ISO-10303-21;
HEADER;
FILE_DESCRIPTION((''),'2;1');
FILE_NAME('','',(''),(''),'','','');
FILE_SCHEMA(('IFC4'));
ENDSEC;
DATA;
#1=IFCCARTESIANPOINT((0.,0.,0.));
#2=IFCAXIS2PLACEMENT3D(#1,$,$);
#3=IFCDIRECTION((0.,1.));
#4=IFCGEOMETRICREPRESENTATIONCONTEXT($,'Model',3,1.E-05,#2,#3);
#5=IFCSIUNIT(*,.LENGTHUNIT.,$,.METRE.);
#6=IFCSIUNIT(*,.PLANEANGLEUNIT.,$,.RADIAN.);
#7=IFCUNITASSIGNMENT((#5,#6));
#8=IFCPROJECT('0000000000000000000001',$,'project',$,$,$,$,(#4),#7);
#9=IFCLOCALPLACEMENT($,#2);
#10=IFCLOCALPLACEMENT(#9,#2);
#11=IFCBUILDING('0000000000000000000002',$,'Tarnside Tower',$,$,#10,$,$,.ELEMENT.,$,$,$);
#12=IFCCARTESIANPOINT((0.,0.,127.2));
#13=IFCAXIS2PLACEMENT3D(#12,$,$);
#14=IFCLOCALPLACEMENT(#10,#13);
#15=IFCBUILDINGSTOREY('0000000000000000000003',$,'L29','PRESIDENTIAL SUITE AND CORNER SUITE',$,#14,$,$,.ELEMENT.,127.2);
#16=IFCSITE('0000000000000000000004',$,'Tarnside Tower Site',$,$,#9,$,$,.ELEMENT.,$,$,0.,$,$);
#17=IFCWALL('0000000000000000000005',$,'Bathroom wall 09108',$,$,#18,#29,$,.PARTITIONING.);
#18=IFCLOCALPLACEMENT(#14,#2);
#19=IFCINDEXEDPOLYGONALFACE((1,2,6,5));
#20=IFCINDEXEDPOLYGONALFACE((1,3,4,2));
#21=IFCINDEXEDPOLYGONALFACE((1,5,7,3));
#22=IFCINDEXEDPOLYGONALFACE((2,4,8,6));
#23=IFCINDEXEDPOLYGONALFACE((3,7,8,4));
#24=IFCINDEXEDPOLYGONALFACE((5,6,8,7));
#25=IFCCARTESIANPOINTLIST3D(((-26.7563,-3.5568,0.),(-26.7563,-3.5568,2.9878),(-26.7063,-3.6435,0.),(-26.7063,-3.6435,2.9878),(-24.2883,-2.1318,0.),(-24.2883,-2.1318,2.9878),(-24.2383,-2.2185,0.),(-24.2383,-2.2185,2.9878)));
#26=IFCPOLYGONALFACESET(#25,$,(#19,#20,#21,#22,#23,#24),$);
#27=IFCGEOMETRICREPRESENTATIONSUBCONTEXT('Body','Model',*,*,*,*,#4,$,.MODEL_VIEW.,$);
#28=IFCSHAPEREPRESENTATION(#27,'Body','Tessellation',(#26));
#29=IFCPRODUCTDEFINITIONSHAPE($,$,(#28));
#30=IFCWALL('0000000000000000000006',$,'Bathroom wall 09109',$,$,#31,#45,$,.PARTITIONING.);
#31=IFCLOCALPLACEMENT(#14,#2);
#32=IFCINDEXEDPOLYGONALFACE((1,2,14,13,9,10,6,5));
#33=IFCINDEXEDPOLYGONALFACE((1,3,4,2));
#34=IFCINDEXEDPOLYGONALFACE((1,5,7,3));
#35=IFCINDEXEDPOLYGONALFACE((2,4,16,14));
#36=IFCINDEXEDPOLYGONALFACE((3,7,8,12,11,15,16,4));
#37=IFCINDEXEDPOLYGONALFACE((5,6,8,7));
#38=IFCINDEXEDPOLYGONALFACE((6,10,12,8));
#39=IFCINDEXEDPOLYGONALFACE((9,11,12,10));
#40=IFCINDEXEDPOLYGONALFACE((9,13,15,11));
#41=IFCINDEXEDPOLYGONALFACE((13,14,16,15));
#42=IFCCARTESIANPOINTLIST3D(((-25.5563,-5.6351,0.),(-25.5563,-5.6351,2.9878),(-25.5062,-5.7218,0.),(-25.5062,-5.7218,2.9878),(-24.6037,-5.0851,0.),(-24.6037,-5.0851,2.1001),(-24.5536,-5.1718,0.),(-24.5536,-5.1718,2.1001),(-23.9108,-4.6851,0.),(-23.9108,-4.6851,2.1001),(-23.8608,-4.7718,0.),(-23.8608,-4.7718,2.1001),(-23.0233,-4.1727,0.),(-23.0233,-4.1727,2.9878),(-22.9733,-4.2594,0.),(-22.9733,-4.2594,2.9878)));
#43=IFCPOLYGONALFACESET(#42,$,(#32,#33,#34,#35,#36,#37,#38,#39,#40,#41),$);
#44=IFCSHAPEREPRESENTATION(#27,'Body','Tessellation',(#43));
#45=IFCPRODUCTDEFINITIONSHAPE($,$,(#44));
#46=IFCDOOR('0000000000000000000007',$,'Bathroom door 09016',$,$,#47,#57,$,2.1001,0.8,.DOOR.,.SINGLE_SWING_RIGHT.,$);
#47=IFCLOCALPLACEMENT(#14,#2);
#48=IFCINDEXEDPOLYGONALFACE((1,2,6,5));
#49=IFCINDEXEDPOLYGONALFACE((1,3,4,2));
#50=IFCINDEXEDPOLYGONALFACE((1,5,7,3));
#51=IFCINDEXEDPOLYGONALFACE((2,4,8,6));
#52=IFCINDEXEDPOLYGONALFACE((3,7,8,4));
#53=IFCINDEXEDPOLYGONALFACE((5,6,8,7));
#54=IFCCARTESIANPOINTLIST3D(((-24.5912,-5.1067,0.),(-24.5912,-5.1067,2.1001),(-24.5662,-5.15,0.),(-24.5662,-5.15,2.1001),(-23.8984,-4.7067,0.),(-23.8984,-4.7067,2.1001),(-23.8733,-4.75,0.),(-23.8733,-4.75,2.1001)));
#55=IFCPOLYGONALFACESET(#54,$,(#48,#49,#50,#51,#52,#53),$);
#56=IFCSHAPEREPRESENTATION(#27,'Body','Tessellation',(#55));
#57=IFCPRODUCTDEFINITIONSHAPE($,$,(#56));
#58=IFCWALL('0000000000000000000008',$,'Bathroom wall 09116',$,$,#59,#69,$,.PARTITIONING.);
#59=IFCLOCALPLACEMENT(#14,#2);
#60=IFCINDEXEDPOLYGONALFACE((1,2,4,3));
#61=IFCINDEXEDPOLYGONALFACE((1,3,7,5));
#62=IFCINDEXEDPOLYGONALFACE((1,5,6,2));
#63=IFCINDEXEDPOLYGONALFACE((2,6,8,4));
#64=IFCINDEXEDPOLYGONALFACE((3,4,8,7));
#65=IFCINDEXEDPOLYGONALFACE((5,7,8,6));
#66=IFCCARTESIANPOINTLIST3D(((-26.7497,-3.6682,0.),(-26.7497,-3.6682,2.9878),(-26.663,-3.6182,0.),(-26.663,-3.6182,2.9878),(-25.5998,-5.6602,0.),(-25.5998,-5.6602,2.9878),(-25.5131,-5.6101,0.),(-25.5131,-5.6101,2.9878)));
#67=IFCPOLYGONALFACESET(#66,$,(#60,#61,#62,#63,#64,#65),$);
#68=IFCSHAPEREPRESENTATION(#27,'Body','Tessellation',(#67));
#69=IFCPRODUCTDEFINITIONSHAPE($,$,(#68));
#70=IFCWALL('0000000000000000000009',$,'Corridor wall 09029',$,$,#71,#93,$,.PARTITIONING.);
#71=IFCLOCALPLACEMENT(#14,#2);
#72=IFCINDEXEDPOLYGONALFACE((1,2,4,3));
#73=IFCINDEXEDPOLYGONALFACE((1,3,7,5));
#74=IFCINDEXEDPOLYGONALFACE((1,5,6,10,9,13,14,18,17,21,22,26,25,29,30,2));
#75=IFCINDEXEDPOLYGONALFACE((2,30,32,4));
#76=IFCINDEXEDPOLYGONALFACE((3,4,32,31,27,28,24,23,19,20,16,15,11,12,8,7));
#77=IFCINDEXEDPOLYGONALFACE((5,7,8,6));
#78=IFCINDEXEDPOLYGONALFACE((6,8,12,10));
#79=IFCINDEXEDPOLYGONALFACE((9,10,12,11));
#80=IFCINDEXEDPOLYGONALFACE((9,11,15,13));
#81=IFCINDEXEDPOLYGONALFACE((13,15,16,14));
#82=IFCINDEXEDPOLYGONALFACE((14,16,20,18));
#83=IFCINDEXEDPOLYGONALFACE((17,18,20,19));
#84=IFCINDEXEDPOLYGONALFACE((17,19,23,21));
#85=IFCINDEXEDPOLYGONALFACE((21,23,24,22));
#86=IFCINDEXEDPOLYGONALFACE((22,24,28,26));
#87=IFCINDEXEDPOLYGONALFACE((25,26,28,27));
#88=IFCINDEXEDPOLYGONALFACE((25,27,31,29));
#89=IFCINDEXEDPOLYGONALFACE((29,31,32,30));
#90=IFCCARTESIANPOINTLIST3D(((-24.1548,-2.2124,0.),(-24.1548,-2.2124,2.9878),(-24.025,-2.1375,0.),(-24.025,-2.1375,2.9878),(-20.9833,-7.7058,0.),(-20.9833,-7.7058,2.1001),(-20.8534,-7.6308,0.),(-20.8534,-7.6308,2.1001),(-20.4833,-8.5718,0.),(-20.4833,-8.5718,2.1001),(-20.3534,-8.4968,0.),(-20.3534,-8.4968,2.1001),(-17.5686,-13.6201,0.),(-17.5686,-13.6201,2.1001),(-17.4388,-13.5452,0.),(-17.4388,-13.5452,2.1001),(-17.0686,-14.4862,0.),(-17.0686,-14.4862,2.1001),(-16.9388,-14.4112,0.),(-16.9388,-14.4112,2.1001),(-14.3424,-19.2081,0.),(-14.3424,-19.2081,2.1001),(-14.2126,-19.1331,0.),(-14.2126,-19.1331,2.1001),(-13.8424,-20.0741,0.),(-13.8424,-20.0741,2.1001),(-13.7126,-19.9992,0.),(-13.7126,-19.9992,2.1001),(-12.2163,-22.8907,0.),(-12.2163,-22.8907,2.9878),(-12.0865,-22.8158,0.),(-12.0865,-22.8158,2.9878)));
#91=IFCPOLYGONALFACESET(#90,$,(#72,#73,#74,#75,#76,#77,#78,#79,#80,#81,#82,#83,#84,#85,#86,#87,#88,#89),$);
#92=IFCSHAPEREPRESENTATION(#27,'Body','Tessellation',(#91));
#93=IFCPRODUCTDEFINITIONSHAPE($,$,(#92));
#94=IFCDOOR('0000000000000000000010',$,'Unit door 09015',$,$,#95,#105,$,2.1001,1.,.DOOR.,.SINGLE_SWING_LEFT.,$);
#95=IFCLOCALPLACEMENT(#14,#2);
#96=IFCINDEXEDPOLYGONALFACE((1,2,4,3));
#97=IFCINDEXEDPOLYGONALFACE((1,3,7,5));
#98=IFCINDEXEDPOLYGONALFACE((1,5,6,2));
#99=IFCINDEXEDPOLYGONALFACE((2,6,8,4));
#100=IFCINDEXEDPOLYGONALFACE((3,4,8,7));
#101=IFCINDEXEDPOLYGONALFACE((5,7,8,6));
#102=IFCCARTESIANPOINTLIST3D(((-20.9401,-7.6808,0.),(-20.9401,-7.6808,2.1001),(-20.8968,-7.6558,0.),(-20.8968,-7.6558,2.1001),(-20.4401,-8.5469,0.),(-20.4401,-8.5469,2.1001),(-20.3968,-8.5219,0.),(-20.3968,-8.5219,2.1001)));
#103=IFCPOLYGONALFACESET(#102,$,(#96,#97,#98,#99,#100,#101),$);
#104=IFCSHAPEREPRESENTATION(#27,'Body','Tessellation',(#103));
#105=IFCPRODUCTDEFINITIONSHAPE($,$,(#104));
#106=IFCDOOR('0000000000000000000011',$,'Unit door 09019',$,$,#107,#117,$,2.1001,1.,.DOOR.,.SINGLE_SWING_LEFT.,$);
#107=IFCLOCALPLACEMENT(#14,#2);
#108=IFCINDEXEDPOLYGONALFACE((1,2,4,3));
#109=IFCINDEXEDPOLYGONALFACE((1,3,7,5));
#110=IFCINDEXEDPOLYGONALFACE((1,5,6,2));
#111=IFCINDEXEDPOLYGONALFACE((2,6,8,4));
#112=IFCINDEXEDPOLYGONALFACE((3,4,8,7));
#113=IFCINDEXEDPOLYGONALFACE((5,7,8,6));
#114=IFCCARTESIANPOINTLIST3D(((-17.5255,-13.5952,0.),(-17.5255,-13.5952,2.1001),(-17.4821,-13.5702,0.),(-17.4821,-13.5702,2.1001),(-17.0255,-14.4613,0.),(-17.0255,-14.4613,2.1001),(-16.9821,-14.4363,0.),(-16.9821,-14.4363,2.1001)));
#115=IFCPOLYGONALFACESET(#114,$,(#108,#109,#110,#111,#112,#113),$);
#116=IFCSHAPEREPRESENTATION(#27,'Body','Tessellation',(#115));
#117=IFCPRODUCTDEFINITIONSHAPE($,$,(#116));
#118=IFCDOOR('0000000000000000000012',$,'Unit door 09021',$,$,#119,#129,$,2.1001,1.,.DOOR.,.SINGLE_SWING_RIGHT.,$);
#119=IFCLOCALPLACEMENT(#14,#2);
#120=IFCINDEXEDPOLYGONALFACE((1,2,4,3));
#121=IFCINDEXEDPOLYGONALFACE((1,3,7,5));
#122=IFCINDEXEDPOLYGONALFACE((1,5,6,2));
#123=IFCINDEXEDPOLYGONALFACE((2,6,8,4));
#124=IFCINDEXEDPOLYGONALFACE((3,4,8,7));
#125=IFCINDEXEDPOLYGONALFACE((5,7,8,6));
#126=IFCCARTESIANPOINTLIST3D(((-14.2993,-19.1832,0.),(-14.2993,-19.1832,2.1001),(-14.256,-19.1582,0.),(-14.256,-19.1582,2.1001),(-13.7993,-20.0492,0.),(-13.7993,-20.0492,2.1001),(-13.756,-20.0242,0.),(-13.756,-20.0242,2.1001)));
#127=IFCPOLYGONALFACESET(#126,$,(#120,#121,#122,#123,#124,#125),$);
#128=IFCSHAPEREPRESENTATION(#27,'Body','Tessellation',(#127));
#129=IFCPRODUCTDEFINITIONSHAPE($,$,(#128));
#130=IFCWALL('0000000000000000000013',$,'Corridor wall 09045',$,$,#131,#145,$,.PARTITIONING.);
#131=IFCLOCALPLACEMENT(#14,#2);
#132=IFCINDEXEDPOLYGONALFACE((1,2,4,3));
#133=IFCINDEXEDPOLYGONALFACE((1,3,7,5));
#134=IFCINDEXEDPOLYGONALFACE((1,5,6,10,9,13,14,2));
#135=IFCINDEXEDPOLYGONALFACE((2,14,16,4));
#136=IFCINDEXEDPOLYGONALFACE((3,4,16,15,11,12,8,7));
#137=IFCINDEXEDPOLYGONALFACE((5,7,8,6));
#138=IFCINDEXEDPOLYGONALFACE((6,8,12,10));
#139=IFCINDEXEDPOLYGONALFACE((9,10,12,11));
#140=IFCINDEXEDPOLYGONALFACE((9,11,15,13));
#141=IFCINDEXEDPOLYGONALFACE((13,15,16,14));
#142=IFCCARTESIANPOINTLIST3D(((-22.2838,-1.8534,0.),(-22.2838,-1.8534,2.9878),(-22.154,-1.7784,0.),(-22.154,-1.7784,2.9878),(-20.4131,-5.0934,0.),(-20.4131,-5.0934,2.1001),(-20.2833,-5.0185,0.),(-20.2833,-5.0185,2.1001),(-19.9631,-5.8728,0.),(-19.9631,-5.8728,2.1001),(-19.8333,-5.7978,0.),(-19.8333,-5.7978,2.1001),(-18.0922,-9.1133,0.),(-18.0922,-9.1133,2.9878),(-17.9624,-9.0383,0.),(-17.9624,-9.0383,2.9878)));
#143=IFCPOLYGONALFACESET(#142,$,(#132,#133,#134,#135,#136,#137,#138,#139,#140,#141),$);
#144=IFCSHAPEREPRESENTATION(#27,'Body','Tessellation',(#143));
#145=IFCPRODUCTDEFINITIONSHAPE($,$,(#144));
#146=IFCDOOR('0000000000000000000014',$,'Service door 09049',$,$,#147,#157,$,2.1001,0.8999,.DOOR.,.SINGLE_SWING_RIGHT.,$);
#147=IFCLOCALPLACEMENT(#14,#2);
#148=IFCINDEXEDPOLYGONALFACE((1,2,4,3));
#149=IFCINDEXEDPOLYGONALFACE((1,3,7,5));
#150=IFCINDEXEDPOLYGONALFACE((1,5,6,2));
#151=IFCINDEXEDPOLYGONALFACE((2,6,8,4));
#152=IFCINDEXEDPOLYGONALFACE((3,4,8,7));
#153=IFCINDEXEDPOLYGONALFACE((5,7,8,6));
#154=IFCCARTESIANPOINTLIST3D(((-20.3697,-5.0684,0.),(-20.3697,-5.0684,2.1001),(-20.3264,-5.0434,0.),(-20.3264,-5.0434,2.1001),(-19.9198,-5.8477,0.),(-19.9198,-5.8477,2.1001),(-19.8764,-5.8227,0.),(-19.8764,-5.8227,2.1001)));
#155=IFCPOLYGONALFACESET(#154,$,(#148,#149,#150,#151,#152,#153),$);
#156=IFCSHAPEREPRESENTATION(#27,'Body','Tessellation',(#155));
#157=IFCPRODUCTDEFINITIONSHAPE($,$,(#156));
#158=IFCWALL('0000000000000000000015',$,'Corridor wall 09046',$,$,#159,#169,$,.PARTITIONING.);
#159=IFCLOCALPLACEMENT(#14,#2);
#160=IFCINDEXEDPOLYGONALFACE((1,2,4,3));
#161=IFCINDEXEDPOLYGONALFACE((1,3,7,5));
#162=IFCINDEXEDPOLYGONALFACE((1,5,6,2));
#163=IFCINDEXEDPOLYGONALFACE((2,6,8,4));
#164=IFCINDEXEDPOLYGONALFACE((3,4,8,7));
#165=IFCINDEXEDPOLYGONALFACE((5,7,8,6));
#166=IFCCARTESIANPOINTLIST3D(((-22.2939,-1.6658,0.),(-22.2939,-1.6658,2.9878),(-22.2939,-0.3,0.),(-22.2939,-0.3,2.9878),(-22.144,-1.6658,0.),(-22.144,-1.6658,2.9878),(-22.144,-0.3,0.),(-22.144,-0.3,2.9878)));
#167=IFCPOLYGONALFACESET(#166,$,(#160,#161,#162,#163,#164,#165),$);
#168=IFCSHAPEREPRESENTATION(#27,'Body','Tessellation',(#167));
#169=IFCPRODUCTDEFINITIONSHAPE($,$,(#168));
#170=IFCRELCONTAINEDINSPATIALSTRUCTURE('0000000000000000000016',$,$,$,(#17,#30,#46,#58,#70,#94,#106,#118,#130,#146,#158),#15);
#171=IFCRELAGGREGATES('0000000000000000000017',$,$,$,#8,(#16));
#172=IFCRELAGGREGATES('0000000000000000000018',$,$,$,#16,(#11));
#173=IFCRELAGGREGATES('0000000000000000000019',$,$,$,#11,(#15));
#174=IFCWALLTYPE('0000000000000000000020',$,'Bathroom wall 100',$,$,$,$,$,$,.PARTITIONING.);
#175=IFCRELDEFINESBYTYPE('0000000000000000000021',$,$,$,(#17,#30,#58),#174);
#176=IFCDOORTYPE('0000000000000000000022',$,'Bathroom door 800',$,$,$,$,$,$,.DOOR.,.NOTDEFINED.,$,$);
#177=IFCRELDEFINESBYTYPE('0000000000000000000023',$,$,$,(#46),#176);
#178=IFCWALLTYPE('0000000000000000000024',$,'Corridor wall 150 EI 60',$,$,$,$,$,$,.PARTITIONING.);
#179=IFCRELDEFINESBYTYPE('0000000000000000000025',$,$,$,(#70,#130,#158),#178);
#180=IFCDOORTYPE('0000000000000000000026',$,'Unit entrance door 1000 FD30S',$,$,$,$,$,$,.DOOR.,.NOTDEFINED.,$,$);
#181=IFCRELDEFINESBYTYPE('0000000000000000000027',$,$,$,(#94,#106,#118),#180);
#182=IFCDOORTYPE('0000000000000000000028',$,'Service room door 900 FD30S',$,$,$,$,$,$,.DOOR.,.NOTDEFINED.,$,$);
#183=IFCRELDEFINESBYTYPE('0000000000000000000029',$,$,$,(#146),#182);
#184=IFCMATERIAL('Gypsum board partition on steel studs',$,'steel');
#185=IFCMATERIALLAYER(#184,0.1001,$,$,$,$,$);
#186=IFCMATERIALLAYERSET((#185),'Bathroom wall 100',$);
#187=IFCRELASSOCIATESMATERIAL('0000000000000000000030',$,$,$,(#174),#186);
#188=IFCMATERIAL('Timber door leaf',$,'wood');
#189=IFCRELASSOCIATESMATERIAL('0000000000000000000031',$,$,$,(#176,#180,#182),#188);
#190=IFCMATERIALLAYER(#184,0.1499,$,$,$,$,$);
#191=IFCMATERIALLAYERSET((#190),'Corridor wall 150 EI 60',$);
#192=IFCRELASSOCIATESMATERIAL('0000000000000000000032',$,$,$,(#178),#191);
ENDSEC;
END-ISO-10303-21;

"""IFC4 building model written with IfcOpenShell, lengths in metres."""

from ifc_helpers import new_model, si_unit, direction, frame, frame_2d, origin, place, context, subcontext, project, spatial, rectangle, extrude, material, layer, layer_set, type_object, element, fill, save


model = new_model("IFC4")

# Units and contexts
model_context = context("Model", 3, precision=1e-05, world=origin(), true_north=direction((0.0, 1.0)))
body_context = subcontext(model_context, "Body", "Model", "MODEL_VIEW")
ifc_project = project(units=[si_unit("LENGTHUNIT", "METRE"), si_unit("PLANEANGLEUNIT", "RADIAN")], contexts=[model_context])

# Site, building, storey
site_placement = place(None, origin())
site = spatial("IfcSite", under=ifc_project, at=site_placement, Name="Tarnside Tower Site", CompositionType="ELEMENT", RefElevation=0.0)
building_placement = place(site_placement, origin())
building = spatial("IfcBuilding", under=site, at=building_placement, Name="Tarnside Tower", CompositionType="ELEMENT")
storey_placement = place(building_placement, frame((0.0, 0.0, 127.2)))
storey = spatial("IfcBuildingStorey", under=building, at=storey_placement, Name="L29", Description="PRESIDENTIAL SUITE AND CORNER SUITE", CompositionType="ELEMENT", Elevation=127.2)

# Wall
ifc_material_1 = material(Name="Gypsum board partition on steel studs", Category="steel")
ifc_layer_1 = layer(ifc_material_1, 0.1001)
ifc_layer_set_1 = layer_set([ifc_layer_1], Name="Bathroom wall 100")
wall_type_1 = type_object("IfcWallType", Name="Bathroom wall 100", PredefinedType="PARTITIONING", material=ifc_layer_set_1)
wall_1_placement = place(storey_placement, frame((-26.7312, -3.6001, 0.0), z_axis=(0.0, 0.0, 1.0), x_axis=(0.866004, 0.500036, 0.0)))
element("IfcWall", 1, at=wall_1_placement, inside=storey, type_object=wall_type_1, Name="Bathroom wall 09108", PredefinedType="PARTITIONING", context=body_context, shape_type="SweptSolid", body=[
    extrude(rectangle(XDim=2.8499, YDim=0.1001, at=frame_2d((1.4248, 0.0))), origin(), (0.0, 0.0, 1.0), 2.9878),
])

# Wall, opening, door
wall_2_placement = place(storey_placement, frame((-22.9983, -4.2161, 0.0), z_axis=(0.0, 0.0, 1.0), x_axis=(-0.866026, -0.499999, 0.0)))
wall_2 = element("IfcWall", 2, at=wall_2_placement, inside=storey, type_object=wall_type_1, Name="Bathroom wall 09109", PredefinedType="PARTITIONING", context=body_context, shape_type="SweptSolid", body=[
    extrude(rectangle(XDim=2.9248, YDim=0.1001, at=frame_2d((1.4624, 0.0))), origin(), (0.0, 0.0, 1.0), 2.9878),
])
opening_1_placement = place(wall_2_placement, frame((1.0249, 0.0, 0.0)))
opening_1 = element("IfcOpeningElement", 3, at=opening_1_placement, cuts=wall_2, PredefinedType="OPENING", context=body_context, shape_type="SweptSolid", body=[
    extrude(rectangle(XDim=0.8, YDim=2.1001, at=frame_2d((0.3999, 1.05))), frame((0.0, 0.0601, 0.0), z_axis=(0.0, -1.0, 0.0), x_axis=(1.0, 0.0, 0.0)), (0.0, 0.0, 1.0), 0.1201),
])
ifc_material_2 = material(Name="Timber door leaf", Category="wood")
door_type_1 = type_object("IfcDoorType", Name="Bathroom door 800", OperationType="NOTDEFINED", PredefinedType="DOOR", material=ifc_material_2)
door_1_placement = place(opening_1_placement, origin())
door_1 = element("IfcDoor", 4, at=door_1_placement, inside=storey, type_object=door_type_1, Name="Bathroom door 09016", OperationType="SINGLE_SWING_RIGHT", OverallHeight=2.1001, OverallWidth=0.8, PredefinedType="DOOR", context=body_context, shape_type="SweptSolid", body=[
    extrude(rectangle(XDim=0.8, YDim=2.1001, at=frame_2d((0.3999, 1.05))), frame((0.0, 0.0249, 0.0), z_axis=(0.0, -1.0, 0.0), x_axis=(1.0, 0.0, 0.0)), (0.0, 0.0, 1.0), 0.05),
])
fill(opening_1, door_1)

# Wall
wall_3_placement = place(storey_placement, frame((-26.7063, -3.6433, 0.0), z_axis=(0.0, 0.0, 1.0), x_axis=(0.499952, -0.866053, 0.0)))
element("IfcWall", 5, at=wall_3_placement, inside=storey, type_object=wall_type_1, Name="Bathroom wall 09116", PredefinedType="PARTITIONING", context=body_context, shape_type="SweptSolid", body=[
    extrude(rectangle(XDim=2.3, YDim=0.1001, at=frame_2d((1.1499, 0.0))), origin(), (0.0, 0.0, 1.0), 2.9878),
])

# Wall, openings, doors
ifc_layer_2 = layer(ifc_material_1, 0.1499)
ifc_layer_set_2 = layer_set([ifc_layer_2], Name="Corridor wall 150 EI 60")
wall_type_2 = type_object("IfcWallType", Name="Corridor wall 150 EI 60", PredefinedType="PARTITIONING", material=ifc_layer_set_2)
wall_4_placement = place(storey_placement, frame((-24.0898, -2.175, 0.0), z_axis=(0.0, 0.0, 1.0), x_axis=(0.499997, -0.866027, 0.0)))
wall_4 = element("IfcWall", 6, at=wall_4_placement, inside=storey, type_object=wall_type_2, Name="Corridor wall 09029", PredefinedType="PARTITIONING", context=body_context, shape_type="SweptSolid", body=[
    extrude(rectangle(XDim=23.8772, YDim=0.1499, at=frame_2d((11.9385, 0.0))), origin(), (0.0, 0.0, 1.0), 2.9878),
])
opening_2_placement = place(wall_4_placement, frame((6.343, 0.0, 0.0)))
opening_2 = element("IfcOpeningElement", 7, at=opening_2_placement, cuts=wall_4, PredefinedType="OPENING", context=body_context, shape_type="SweptSolid", body=[
    extrude(rectangle(XDim=1.0, YDim=2.1001, at=frame_2d((0.5, 1.05))), frame((0.0, 0.085, 0.0), z_axis=(0.0, -1.0, 0.0), x_axis=(1.0, 0.0, 0.0)), (0.0, 0.0, 1.0), 0.1699),
])
opening_3_placement = place(wall_4_placement, frame((13.1724, 0.0, 0.0)))
opening_3 = element("IfcOpeningElement", 8, at=opening_3_placement, cuts=wall_4, PredefinedType="OPENING", context=body_context, shape_type="SweptSolid", body=[
    extrude(rectangle(XDim=1.0, YDim=2.1001, at=frame_2d((0.5, 1.05))), frame((0.0, 0.085, 0.0), z_axis=(0.0, -1.0, 0.0), x_axis=(1.0, 0.0, 0.0)), (0.0, 0.0, 1.0), 0.1699),
])
opening_4_placement = place(wall_4_placement, frame((19.6248, 0.0, 0.0)))
opening_4 = element("IfcOpeningElement", 9, at=opening_4_placement, cuts=wall_4, PredefinedType="OPENING", context=body_context, shape_type="SweptSolid", body=[
    extrude(rectangle(XDim=1.0, YDim=2.1001, at=frame_2d((0.5, 1.05))), frame((0.0, 0.085, 0.0), z_axis=(0.0, -1.0, 0.0), x_axis=(1.0, 0.0, 0.0)), (0.0, 0.0, 1.0), 0.1699),
])
door_type_2 = type_object("IfcDoorType", Name="Unit entrance door 1000 FD30S", OperationType="NOTDEFINED", PredefinedType="DOOR", material=ifc_material_2)
door_2_placement = place(opening_2_placement, origin())
door_2 = element("IfcDoor", 10, at=door_2_placement, inside=storey, type_object=door_type_2, Name="Unit door 09015", OperationType="SINGLE_SWING_LEFT", OverallHeight=2.1001, OverallWidth=1.0, PredefinedType="DOOR", context=body_context, shape_type="SweptSolid", body=[
    extrude(rectangle(XDim=1.0, YDim=2.1001, at=frame_2d((0.5, 1.05))), frame((0.0, 0.0249, 0.0), z_axis=(0.0, -1.0, 0.0), x_axis=(1.0, 0.0, 0.0)), (0.0, 0.0, 1.0), 0.05),
])
fill(opening_2, door_2)
door_3_placement = place(opening_3_placement, origin())
door_3 = element("IfcDoor", 11, at=door_3_placement, inside=storey, type_object=door_type_2, Name="Unit door 09019", OperationType="SINGLE_SWING_LEFT", OverallHeight=2.1001, OverallWidth=1.0, PredefinedType="DOOR", context=body_context, shape_type="SweptSolid", body=[
    extrude(rectangle(XDim=1.0, YDim=2.1001, at=frame_2d((0.5, 1.05))), frame((0.0, 0.0249, 0.0), z_axis=(0.0, -1.0, 0.0), x_axis=(1.0, 0.0, 0.0)), (0.0, 0.0, 1.0), 0.05),
])
fill(opening_3, door_3)
door_4_placement = place(opening_4_placement, origin())
door_4 = element("IfcDoor", 12, at=door_4_placement, inside=storey, type_object=door_type_2, Name="Unit door 09021", OperationType="SINGLE_SWING_RIGHT", OverallHeight=2.1001, OverallWidth=1.0, PredefinedType="DOOR", context=body_context, shape_type="SweptSolid", body=[
    extrude(rectangle(XDim=1.0, YDim=2.1001, at=frame_2d((0.5, 1.05))), frame((0.0, 0.0249, 0.0), z_axis=(0.0, -1.0, 0.0), x_axis=(1.0, 0.0, 0.0)), (0.0, 0.0, 1.0), 0.05),
])
fill(opening_4, door_4)

# Wall, opening, door
wall_5_placement = place(storey_placement, frame((-18.0273, -9.0757, 0.0), z_axis=(0.0, 0.0, 1.0), x_axis=(-0.500007, 0.866021, 0.0)))
wall_5 = element("IfcWall", 13, at=wall_5_placement, inside=storey, type_object=wall_type_2, Name="Corridor wall 09045", PredefinedType="PARTITIONING", context=body_context, shape_type="SweptSolid", body=[
    extrude(rectangle(XDim=8.3831, YDim=0.1499, at=frame_2d((4.1914, 0.0))), origin(), (0.0, 0.0, 1.0), 2.9878),
])
opening_5_placement = place(wall_5_placement, frame((3.7417, 0.0, 0.0)))
opening_5 = element("IfcOpeningElement", 14, at=opening_5_placement, cuts=wall_5, PredefinedType="OPENING", context=body_context, shape_type="SweptSolid", body=[
    extrude(rectangle(XDim=0.8999, YDim=2.1001, at=frame_2d((0.45, 1.05))), frame((0.0, 0.085, 0.0), z_axis=(0.0, -1.0, 0.0), x_axis=(1.0, 0.0, 0.0)), (0.0, 0.0, 1.0), 0.1699),
])
door_type_3 = type_object("IfcDoorType", Name="Service room door 900 FD30S", OperationType="NOTDEFINED", PredefinedType="DOOR", material=ifc_material_2)
door_5_placement = place(opening_5_placement, origin())
door_5 = element("IfcDoor", 15, at=door_5_placement, inside=storey, type_object=door_type_3, Name="Service door 09049", OperationType="SINGLE_SWING_RIGHT", OverallHeight=2.1001, OverallWidth=0.8999, PredefinedType="DOOR", context=body_context, shape_type="SweptSolid", body=[
    extrude(rectangle(XDim=0.8999, YDim=2.1001, at=frame_2d((0.45, 1.05))), frame((0.0, 0.0249, 0.0), z_axis=(0.0, -1.0, 0.0), x_axis=(1.0, 0.0, 0.0)), (0.0, 0.0, 1.0), 0.05),
])
fill(opening_5, door_5)

# Wall
wall_6_placement = place(storey_placement, frame((-22.219, -1.6658, 0.0), z_axis=(0.0, 0.0, 1.0), x_axis=(0.0, 1.0, 0.0)))
element("IfcWall", 16, at=wall_6_placement, inside=storey, type_object=wall_type_2, Name="Corridor wall 09046", PredefinedType="PARTITIONING", context=body_context, shape_type="SweptSolid", body=[
    extrude(rectangle(XDim=1.3657, YDim=0.1499, at=frame_2d((0.6829, 0.0))), origin(), (0.0, 0.0, 1.0), 2.9878),
])

save(model, "model.ifc")
